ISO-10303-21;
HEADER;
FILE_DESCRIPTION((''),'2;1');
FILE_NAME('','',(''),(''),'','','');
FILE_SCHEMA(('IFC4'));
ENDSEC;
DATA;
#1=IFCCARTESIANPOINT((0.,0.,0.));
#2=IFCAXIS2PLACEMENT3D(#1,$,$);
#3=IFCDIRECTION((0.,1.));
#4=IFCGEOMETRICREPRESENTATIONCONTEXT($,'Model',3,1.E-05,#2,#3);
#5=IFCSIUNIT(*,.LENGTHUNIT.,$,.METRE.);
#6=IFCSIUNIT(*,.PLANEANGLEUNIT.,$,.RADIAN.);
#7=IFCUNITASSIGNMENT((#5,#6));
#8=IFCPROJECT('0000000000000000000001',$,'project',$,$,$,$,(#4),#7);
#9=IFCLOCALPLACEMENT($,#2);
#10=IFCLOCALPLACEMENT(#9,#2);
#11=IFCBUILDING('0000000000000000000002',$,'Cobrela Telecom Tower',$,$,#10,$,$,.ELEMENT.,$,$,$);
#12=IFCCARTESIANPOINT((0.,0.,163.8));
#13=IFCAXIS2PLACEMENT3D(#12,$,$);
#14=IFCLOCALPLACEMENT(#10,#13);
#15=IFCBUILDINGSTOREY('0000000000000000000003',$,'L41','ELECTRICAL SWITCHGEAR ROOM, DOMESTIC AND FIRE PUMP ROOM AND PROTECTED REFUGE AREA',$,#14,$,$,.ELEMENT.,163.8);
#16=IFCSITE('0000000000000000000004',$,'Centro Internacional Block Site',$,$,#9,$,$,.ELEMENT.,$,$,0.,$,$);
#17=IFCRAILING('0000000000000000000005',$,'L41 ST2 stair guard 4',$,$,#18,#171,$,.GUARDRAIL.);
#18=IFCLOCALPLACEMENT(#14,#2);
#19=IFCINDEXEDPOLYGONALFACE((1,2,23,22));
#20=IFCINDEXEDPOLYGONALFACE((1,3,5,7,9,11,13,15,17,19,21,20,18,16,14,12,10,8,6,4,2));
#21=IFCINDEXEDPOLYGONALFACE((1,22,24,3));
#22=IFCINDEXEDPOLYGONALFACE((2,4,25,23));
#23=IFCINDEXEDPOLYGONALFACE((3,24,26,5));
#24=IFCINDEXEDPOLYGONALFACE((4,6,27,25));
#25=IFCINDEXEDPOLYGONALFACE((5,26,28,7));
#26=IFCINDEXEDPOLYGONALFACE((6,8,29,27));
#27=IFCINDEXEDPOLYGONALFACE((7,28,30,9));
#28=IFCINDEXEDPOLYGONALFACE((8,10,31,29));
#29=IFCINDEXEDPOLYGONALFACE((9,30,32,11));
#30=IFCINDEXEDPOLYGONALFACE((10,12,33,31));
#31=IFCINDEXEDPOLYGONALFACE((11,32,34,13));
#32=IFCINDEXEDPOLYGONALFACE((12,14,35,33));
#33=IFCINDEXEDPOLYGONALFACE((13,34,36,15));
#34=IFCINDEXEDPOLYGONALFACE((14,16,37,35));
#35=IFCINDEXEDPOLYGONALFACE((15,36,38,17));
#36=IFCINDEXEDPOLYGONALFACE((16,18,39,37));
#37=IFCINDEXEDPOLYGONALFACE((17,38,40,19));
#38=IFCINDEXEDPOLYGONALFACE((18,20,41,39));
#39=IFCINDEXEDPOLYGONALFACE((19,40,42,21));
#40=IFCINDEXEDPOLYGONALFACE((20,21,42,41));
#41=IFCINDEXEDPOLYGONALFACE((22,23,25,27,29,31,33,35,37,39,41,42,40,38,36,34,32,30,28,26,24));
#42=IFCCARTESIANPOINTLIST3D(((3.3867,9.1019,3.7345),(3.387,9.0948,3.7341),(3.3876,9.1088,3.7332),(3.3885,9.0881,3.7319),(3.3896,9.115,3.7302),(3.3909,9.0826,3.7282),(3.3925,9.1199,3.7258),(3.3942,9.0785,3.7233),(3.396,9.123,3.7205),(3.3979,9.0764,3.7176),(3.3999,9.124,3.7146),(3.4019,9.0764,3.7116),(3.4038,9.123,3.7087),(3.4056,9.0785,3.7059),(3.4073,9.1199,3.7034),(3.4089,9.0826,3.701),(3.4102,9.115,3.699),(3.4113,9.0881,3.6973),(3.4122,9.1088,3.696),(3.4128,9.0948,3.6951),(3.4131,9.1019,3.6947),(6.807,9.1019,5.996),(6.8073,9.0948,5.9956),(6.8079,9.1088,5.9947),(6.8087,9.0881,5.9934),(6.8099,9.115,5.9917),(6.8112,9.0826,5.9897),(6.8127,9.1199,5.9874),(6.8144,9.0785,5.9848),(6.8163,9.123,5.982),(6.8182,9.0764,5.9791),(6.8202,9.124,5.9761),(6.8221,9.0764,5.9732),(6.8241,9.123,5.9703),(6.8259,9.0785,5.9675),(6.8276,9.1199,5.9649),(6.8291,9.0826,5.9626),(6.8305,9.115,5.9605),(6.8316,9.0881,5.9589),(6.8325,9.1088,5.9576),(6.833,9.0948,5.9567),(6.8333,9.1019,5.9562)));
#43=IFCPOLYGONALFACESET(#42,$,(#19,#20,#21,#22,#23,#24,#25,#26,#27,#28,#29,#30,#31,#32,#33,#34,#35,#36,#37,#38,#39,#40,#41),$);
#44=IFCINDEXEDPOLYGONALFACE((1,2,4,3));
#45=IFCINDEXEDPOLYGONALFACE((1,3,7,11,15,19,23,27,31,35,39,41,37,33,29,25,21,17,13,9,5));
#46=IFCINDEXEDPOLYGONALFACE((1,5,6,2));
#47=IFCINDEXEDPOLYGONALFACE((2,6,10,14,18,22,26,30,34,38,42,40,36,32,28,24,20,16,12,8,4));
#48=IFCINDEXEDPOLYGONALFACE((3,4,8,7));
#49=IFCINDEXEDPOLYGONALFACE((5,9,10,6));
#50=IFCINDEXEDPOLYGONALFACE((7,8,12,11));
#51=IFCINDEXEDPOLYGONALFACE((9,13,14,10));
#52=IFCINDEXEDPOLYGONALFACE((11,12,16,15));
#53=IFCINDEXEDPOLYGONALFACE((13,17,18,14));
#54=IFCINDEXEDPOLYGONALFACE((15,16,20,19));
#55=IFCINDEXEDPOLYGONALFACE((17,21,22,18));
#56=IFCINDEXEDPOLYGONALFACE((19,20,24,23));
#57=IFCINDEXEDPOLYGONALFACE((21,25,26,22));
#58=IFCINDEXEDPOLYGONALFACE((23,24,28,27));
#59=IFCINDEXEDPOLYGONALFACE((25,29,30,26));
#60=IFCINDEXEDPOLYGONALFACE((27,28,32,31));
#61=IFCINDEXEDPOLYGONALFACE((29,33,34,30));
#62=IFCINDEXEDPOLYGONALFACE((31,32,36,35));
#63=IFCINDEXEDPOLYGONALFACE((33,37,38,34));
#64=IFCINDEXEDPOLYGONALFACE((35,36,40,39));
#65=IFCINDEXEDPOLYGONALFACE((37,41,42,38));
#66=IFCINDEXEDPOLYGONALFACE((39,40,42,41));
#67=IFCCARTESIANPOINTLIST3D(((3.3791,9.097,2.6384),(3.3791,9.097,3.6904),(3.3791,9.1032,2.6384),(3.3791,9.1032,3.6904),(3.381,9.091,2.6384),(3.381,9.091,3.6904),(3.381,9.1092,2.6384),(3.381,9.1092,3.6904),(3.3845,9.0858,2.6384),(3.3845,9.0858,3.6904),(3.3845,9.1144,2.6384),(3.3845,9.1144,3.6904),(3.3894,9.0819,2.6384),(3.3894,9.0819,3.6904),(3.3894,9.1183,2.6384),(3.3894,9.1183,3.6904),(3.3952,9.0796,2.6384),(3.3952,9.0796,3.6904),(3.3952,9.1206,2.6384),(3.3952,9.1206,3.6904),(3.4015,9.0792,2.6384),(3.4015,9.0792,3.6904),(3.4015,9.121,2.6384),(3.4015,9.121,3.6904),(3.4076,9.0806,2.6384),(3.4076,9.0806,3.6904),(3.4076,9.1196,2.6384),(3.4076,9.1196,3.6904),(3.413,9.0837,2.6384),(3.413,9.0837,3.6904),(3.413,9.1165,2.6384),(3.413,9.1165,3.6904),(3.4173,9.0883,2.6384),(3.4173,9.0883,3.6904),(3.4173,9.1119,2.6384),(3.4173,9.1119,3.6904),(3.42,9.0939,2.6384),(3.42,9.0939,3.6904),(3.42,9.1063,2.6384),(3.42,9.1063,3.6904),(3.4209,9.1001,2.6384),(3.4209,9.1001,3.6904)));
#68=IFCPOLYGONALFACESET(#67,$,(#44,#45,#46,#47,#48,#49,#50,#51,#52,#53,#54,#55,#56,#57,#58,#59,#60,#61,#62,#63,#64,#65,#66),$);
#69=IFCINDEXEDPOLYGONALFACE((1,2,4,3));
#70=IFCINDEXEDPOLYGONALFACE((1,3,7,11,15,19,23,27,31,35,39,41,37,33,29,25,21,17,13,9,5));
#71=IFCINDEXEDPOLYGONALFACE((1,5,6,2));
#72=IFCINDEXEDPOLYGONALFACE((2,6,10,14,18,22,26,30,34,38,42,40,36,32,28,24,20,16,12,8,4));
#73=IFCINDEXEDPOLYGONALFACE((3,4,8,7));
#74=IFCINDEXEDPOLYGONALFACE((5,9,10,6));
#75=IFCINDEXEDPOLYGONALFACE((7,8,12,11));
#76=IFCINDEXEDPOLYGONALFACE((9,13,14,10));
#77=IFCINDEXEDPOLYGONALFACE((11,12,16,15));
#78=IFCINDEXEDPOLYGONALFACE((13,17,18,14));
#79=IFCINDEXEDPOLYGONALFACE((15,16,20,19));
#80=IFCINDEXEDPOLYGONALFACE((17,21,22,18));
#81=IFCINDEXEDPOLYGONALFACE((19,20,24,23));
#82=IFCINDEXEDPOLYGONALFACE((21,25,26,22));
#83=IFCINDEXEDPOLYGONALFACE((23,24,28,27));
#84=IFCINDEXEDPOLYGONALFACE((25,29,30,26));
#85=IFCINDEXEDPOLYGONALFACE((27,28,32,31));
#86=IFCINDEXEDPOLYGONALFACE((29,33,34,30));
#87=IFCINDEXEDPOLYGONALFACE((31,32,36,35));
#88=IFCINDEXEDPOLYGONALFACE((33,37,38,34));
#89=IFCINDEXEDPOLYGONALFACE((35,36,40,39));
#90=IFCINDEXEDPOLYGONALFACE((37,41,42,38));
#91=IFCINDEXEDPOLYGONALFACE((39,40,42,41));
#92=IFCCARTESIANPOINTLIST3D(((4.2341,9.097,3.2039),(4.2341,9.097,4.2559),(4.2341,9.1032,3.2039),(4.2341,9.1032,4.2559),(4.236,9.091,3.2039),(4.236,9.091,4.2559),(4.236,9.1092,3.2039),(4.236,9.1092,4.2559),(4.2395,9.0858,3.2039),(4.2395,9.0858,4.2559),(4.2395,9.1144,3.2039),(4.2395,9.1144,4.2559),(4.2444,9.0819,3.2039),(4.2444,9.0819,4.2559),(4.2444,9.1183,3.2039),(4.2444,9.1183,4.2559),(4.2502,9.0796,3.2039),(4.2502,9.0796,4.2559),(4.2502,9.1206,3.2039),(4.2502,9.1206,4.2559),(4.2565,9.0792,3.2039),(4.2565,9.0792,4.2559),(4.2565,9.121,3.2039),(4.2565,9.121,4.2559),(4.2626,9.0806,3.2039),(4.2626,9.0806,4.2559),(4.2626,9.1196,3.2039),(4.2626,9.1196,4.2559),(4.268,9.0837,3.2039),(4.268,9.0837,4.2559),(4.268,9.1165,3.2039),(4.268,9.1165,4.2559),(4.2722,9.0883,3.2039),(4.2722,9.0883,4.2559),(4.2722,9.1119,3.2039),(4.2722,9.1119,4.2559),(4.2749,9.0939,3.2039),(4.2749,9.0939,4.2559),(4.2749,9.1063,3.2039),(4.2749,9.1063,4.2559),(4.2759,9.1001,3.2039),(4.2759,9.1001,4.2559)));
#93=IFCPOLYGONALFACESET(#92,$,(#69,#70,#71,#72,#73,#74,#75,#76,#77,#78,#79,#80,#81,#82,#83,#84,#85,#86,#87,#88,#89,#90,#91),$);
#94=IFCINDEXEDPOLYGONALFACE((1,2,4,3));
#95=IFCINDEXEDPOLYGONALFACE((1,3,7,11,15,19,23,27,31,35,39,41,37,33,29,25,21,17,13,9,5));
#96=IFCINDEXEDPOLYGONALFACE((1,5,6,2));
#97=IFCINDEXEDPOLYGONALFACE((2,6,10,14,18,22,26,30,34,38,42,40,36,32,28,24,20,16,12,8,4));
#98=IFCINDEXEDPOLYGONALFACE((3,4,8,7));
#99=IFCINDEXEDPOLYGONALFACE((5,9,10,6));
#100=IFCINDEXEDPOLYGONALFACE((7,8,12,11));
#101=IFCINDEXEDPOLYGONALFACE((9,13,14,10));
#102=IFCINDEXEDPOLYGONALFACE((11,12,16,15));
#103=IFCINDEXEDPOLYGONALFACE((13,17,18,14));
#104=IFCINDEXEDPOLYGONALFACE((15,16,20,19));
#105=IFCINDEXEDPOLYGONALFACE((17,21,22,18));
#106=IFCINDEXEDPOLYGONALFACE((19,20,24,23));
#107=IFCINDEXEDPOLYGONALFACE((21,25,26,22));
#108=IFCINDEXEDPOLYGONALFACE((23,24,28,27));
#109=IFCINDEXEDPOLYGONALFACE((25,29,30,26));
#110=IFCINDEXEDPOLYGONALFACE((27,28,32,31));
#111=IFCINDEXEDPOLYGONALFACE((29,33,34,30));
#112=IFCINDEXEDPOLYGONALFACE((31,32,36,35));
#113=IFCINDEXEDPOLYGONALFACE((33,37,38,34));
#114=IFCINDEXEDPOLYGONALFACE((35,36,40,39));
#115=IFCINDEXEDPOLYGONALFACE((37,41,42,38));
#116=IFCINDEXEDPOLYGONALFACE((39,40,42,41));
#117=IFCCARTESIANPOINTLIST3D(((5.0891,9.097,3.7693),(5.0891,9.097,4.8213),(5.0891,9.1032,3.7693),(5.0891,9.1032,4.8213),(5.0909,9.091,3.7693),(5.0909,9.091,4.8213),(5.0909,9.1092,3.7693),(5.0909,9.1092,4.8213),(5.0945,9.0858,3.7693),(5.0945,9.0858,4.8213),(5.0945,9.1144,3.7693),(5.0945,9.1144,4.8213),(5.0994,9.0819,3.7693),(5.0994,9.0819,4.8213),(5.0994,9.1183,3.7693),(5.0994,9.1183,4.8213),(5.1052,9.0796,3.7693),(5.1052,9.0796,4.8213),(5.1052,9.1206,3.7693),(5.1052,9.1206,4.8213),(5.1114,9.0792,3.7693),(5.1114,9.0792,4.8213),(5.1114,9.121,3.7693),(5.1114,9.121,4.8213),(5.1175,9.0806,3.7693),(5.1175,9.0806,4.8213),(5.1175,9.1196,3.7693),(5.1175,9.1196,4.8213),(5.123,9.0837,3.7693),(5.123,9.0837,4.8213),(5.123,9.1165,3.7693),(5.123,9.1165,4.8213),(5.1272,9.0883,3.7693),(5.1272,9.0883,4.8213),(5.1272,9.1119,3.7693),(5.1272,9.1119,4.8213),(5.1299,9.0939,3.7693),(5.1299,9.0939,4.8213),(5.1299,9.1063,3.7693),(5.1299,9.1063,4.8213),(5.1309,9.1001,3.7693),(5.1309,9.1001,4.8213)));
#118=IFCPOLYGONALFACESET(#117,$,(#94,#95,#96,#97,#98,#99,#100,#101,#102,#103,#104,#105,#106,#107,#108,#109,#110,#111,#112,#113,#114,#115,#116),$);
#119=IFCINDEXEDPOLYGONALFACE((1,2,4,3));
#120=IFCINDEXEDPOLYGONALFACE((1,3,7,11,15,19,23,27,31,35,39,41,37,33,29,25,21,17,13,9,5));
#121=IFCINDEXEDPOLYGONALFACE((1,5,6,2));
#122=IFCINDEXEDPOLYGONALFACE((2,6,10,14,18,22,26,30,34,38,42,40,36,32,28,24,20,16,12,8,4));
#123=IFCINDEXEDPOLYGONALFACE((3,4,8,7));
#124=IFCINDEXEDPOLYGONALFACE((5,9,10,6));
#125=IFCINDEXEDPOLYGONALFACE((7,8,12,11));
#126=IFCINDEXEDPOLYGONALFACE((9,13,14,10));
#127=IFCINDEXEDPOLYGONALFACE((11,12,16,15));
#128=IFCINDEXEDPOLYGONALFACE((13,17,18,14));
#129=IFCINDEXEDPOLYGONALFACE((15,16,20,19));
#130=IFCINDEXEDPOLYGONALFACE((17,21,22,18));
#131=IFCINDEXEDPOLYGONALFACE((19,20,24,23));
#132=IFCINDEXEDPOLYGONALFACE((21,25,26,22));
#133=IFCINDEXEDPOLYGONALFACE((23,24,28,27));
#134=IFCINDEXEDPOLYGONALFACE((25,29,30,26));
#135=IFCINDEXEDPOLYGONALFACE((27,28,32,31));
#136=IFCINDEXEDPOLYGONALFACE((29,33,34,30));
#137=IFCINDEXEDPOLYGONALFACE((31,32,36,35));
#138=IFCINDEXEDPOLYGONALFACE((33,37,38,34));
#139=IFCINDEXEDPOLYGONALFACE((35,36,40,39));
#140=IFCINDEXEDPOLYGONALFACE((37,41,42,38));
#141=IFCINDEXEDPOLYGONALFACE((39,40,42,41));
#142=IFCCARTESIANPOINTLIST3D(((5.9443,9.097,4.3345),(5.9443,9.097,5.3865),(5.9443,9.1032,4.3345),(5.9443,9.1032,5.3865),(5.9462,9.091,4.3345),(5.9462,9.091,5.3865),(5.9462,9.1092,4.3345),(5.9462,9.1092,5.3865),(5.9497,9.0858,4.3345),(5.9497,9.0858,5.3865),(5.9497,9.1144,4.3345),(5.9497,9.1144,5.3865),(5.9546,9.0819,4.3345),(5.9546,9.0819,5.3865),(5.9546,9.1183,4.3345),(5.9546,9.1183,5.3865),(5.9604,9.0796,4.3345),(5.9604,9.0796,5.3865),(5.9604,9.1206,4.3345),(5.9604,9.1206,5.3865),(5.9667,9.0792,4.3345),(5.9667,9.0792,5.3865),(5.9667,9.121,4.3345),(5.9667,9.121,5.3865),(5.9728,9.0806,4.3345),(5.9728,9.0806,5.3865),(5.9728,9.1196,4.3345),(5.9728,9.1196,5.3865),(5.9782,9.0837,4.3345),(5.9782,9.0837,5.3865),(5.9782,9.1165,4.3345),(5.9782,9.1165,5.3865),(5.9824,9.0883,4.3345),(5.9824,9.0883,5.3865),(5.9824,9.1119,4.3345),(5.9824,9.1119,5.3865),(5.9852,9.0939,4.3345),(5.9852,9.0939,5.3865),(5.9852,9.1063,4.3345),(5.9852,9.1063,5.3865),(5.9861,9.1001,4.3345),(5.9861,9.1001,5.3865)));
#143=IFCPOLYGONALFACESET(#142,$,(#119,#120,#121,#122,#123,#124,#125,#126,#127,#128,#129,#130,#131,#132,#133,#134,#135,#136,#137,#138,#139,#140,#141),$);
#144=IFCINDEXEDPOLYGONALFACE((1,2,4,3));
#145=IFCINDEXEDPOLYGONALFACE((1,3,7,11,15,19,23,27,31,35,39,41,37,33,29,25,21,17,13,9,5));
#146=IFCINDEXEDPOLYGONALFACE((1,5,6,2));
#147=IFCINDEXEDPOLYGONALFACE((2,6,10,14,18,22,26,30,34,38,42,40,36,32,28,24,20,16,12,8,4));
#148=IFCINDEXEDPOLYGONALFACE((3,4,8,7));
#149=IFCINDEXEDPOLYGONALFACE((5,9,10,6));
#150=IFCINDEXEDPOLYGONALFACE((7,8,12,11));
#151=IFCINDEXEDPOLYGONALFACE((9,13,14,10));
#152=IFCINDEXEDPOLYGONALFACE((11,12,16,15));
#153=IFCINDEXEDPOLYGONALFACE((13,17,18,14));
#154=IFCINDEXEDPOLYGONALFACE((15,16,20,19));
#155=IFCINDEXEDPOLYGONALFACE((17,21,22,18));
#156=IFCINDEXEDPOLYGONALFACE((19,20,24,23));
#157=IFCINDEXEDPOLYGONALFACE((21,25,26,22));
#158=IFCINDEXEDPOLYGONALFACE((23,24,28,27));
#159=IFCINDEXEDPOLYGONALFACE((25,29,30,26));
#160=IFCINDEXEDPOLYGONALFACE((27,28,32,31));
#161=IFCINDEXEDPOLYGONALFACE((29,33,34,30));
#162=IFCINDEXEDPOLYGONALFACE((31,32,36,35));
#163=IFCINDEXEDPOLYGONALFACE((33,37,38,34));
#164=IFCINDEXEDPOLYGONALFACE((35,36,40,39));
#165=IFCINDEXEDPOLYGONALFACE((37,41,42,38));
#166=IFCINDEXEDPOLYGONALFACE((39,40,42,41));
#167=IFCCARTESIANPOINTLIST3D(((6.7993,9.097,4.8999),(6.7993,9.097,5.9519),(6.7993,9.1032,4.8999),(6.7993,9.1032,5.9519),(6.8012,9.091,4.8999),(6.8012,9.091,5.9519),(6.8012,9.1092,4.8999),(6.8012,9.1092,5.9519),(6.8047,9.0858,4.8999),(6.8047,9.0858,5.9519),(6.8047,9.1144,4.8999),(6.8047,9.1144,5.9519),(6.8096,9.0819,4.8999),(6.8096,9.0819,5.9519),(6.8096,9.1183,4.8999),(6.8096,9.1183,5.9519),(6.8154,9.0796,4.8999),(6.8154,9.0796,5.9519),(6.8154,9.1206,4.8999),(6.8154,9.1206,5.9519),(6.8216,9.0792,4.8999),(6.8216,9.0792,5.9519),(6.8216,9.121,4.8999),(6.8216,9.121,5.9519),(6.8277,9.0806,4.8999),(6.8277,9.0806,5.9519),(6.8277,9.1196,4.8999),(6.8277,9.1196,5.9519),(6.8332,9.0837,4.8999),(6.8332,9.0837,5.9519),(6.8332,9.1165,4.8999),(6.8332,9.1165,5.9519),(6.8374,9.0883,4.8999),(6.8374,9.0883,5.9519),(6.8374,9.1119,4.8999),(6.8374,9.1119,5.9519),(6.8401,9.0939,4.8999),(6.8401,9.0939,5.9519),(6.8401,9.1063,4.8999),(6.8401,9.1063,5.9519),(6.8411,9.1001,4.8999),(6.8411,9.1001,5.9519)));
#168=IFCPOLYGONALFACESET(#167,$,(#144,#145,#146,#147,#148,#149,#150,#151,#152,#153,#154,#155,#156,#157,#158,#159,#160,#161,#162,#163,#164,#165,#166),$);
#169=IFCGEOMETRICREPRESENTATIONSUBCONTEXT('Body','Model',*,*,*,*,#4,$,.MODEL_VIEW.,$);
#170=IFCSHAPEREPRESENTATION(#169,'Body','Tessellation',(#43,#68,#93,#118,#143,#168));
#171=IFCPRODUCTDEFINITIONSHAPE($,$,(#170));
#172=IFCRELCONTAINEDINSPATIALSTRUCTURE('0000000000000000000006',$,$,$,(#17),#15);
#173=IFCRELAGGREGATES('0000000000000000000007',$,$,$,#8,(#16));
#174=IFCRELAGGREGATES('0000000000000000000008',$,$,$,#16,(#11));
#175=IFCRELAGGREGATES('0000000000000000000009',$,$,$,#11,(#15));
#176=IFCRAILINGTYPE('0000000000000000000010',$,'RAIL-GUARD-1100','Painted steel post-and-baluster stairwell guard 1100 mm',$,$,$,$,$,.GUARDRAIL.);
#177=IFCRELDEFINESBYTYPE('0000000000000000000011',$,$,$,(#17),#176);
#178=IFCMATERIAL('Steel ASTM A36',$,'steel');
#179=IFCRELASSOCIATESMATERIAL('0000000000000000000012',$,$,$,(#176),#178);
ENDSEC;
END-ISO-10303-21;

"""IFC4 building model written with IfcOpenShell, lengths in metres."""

from ifc_helpers import new_model, si_unit, direction, frame, origin, origin_2d, place, context, subcontext, project, spatial, circle, extrude, material, type_object, element, save


model = new_model("IFC4")

# Units and contexts
model_context = context("Model", 3, precision=1e-05, world=origin(), true_north=direction((0.0, 1.0)))
body_context = subcontext(model_context, "Body", "Model", "MODEL_VIEW")
ifc_project = project(units=[si_unit("LENGTHUNIT", "METRE"), si_unit("PLANEANGLEUNIT", "RADIAN")], contexts=[model_context])

# Site, building, storey
site_placement = place(None, origin())
site = spatial("IfcSite", under=ifc_project, at=site_placement, Name="Centro Internacional Block Site", CompositionType="ELEMENT", RefElevation=0.0)
building_placement = place(site_placement, origin())
building = spatial("IfcBuilding", under=site, at=building_placement, Name="Cobrela Telecom Tower", CompositionType="ELEMENT")
storey_placement = place(building_placement, frame((0.0, 0.0, 163.8)))
storey = spatial("IfcBuildingStorey", under=building, at=storey_placement, Name="L41", Description="ELECTRICAL SWITCHGEAR ROOM, DOMESTIC AND FIRE PUMP ROOM AND PROTECTED REFUGE AREA", CompositionType="ELEMENT", Elevation=163.8)

# Railing
ifc_material_1 = material(Name="Steel ASTM A36", Category="steel")
railing_type_1 = type_object("IfcRailingType", Name="RAIL-GUARD-1100", Description="Painted steel post-and-baluster stairwell guard 1100 mm", PredefinedType="GUARDRAIL", material=ifc_material_1)
railing_1_placement = place(storey_placement, frame((3.3999, 9.1001, 2.6384)))
element("IfcRailing", 1, at=railing_1_placement, inside=storey, type_object=railing_type_1, Name="L41 ST2 stair guard 4", PredefinedType="GUARDRAIL", context=body_context, shape_type="SweptSolid", body=[
    extrude(circle(Radius=0.0239, at=origin_2d()), frame((0.0, 0.0, 1.0762), z_axis=(0.834142, 0.0, 0.55155), x_axis=(0.0, 1.0, 0.0)), (0.0, 0.0, 1.0), 4.1003),
    extrude(circle(Radius=0.021, at=origin_2d()), origin(), (0.0, 0.0, 1.0), 1.052),
    extrude(circle(Radius=0.021, at=origin_2d()), frame((0.855, 0.0, 0.5654)), (0.0, 0.0, 1.0), 1.052),
    extrude(circle(Radius=0.021, at=origin_2d()), frame((1.71, 0.0, 1.1309)), (0.0, 0.0, 1.0), 1.052),
    extrude(circle(Radius=0.021, at=origin_2d()), frame((2.5652, 0.0, 1.696)), (0.0, 0.0, 1.0), 1.052),
    extrude(circle(Radius=0.021, at=origin_2d()), frame((3.4202, 0.0, 2.2615)), (0.0, 0.0, 1.0), 1.052),
])

save(model, "model.ifc")
